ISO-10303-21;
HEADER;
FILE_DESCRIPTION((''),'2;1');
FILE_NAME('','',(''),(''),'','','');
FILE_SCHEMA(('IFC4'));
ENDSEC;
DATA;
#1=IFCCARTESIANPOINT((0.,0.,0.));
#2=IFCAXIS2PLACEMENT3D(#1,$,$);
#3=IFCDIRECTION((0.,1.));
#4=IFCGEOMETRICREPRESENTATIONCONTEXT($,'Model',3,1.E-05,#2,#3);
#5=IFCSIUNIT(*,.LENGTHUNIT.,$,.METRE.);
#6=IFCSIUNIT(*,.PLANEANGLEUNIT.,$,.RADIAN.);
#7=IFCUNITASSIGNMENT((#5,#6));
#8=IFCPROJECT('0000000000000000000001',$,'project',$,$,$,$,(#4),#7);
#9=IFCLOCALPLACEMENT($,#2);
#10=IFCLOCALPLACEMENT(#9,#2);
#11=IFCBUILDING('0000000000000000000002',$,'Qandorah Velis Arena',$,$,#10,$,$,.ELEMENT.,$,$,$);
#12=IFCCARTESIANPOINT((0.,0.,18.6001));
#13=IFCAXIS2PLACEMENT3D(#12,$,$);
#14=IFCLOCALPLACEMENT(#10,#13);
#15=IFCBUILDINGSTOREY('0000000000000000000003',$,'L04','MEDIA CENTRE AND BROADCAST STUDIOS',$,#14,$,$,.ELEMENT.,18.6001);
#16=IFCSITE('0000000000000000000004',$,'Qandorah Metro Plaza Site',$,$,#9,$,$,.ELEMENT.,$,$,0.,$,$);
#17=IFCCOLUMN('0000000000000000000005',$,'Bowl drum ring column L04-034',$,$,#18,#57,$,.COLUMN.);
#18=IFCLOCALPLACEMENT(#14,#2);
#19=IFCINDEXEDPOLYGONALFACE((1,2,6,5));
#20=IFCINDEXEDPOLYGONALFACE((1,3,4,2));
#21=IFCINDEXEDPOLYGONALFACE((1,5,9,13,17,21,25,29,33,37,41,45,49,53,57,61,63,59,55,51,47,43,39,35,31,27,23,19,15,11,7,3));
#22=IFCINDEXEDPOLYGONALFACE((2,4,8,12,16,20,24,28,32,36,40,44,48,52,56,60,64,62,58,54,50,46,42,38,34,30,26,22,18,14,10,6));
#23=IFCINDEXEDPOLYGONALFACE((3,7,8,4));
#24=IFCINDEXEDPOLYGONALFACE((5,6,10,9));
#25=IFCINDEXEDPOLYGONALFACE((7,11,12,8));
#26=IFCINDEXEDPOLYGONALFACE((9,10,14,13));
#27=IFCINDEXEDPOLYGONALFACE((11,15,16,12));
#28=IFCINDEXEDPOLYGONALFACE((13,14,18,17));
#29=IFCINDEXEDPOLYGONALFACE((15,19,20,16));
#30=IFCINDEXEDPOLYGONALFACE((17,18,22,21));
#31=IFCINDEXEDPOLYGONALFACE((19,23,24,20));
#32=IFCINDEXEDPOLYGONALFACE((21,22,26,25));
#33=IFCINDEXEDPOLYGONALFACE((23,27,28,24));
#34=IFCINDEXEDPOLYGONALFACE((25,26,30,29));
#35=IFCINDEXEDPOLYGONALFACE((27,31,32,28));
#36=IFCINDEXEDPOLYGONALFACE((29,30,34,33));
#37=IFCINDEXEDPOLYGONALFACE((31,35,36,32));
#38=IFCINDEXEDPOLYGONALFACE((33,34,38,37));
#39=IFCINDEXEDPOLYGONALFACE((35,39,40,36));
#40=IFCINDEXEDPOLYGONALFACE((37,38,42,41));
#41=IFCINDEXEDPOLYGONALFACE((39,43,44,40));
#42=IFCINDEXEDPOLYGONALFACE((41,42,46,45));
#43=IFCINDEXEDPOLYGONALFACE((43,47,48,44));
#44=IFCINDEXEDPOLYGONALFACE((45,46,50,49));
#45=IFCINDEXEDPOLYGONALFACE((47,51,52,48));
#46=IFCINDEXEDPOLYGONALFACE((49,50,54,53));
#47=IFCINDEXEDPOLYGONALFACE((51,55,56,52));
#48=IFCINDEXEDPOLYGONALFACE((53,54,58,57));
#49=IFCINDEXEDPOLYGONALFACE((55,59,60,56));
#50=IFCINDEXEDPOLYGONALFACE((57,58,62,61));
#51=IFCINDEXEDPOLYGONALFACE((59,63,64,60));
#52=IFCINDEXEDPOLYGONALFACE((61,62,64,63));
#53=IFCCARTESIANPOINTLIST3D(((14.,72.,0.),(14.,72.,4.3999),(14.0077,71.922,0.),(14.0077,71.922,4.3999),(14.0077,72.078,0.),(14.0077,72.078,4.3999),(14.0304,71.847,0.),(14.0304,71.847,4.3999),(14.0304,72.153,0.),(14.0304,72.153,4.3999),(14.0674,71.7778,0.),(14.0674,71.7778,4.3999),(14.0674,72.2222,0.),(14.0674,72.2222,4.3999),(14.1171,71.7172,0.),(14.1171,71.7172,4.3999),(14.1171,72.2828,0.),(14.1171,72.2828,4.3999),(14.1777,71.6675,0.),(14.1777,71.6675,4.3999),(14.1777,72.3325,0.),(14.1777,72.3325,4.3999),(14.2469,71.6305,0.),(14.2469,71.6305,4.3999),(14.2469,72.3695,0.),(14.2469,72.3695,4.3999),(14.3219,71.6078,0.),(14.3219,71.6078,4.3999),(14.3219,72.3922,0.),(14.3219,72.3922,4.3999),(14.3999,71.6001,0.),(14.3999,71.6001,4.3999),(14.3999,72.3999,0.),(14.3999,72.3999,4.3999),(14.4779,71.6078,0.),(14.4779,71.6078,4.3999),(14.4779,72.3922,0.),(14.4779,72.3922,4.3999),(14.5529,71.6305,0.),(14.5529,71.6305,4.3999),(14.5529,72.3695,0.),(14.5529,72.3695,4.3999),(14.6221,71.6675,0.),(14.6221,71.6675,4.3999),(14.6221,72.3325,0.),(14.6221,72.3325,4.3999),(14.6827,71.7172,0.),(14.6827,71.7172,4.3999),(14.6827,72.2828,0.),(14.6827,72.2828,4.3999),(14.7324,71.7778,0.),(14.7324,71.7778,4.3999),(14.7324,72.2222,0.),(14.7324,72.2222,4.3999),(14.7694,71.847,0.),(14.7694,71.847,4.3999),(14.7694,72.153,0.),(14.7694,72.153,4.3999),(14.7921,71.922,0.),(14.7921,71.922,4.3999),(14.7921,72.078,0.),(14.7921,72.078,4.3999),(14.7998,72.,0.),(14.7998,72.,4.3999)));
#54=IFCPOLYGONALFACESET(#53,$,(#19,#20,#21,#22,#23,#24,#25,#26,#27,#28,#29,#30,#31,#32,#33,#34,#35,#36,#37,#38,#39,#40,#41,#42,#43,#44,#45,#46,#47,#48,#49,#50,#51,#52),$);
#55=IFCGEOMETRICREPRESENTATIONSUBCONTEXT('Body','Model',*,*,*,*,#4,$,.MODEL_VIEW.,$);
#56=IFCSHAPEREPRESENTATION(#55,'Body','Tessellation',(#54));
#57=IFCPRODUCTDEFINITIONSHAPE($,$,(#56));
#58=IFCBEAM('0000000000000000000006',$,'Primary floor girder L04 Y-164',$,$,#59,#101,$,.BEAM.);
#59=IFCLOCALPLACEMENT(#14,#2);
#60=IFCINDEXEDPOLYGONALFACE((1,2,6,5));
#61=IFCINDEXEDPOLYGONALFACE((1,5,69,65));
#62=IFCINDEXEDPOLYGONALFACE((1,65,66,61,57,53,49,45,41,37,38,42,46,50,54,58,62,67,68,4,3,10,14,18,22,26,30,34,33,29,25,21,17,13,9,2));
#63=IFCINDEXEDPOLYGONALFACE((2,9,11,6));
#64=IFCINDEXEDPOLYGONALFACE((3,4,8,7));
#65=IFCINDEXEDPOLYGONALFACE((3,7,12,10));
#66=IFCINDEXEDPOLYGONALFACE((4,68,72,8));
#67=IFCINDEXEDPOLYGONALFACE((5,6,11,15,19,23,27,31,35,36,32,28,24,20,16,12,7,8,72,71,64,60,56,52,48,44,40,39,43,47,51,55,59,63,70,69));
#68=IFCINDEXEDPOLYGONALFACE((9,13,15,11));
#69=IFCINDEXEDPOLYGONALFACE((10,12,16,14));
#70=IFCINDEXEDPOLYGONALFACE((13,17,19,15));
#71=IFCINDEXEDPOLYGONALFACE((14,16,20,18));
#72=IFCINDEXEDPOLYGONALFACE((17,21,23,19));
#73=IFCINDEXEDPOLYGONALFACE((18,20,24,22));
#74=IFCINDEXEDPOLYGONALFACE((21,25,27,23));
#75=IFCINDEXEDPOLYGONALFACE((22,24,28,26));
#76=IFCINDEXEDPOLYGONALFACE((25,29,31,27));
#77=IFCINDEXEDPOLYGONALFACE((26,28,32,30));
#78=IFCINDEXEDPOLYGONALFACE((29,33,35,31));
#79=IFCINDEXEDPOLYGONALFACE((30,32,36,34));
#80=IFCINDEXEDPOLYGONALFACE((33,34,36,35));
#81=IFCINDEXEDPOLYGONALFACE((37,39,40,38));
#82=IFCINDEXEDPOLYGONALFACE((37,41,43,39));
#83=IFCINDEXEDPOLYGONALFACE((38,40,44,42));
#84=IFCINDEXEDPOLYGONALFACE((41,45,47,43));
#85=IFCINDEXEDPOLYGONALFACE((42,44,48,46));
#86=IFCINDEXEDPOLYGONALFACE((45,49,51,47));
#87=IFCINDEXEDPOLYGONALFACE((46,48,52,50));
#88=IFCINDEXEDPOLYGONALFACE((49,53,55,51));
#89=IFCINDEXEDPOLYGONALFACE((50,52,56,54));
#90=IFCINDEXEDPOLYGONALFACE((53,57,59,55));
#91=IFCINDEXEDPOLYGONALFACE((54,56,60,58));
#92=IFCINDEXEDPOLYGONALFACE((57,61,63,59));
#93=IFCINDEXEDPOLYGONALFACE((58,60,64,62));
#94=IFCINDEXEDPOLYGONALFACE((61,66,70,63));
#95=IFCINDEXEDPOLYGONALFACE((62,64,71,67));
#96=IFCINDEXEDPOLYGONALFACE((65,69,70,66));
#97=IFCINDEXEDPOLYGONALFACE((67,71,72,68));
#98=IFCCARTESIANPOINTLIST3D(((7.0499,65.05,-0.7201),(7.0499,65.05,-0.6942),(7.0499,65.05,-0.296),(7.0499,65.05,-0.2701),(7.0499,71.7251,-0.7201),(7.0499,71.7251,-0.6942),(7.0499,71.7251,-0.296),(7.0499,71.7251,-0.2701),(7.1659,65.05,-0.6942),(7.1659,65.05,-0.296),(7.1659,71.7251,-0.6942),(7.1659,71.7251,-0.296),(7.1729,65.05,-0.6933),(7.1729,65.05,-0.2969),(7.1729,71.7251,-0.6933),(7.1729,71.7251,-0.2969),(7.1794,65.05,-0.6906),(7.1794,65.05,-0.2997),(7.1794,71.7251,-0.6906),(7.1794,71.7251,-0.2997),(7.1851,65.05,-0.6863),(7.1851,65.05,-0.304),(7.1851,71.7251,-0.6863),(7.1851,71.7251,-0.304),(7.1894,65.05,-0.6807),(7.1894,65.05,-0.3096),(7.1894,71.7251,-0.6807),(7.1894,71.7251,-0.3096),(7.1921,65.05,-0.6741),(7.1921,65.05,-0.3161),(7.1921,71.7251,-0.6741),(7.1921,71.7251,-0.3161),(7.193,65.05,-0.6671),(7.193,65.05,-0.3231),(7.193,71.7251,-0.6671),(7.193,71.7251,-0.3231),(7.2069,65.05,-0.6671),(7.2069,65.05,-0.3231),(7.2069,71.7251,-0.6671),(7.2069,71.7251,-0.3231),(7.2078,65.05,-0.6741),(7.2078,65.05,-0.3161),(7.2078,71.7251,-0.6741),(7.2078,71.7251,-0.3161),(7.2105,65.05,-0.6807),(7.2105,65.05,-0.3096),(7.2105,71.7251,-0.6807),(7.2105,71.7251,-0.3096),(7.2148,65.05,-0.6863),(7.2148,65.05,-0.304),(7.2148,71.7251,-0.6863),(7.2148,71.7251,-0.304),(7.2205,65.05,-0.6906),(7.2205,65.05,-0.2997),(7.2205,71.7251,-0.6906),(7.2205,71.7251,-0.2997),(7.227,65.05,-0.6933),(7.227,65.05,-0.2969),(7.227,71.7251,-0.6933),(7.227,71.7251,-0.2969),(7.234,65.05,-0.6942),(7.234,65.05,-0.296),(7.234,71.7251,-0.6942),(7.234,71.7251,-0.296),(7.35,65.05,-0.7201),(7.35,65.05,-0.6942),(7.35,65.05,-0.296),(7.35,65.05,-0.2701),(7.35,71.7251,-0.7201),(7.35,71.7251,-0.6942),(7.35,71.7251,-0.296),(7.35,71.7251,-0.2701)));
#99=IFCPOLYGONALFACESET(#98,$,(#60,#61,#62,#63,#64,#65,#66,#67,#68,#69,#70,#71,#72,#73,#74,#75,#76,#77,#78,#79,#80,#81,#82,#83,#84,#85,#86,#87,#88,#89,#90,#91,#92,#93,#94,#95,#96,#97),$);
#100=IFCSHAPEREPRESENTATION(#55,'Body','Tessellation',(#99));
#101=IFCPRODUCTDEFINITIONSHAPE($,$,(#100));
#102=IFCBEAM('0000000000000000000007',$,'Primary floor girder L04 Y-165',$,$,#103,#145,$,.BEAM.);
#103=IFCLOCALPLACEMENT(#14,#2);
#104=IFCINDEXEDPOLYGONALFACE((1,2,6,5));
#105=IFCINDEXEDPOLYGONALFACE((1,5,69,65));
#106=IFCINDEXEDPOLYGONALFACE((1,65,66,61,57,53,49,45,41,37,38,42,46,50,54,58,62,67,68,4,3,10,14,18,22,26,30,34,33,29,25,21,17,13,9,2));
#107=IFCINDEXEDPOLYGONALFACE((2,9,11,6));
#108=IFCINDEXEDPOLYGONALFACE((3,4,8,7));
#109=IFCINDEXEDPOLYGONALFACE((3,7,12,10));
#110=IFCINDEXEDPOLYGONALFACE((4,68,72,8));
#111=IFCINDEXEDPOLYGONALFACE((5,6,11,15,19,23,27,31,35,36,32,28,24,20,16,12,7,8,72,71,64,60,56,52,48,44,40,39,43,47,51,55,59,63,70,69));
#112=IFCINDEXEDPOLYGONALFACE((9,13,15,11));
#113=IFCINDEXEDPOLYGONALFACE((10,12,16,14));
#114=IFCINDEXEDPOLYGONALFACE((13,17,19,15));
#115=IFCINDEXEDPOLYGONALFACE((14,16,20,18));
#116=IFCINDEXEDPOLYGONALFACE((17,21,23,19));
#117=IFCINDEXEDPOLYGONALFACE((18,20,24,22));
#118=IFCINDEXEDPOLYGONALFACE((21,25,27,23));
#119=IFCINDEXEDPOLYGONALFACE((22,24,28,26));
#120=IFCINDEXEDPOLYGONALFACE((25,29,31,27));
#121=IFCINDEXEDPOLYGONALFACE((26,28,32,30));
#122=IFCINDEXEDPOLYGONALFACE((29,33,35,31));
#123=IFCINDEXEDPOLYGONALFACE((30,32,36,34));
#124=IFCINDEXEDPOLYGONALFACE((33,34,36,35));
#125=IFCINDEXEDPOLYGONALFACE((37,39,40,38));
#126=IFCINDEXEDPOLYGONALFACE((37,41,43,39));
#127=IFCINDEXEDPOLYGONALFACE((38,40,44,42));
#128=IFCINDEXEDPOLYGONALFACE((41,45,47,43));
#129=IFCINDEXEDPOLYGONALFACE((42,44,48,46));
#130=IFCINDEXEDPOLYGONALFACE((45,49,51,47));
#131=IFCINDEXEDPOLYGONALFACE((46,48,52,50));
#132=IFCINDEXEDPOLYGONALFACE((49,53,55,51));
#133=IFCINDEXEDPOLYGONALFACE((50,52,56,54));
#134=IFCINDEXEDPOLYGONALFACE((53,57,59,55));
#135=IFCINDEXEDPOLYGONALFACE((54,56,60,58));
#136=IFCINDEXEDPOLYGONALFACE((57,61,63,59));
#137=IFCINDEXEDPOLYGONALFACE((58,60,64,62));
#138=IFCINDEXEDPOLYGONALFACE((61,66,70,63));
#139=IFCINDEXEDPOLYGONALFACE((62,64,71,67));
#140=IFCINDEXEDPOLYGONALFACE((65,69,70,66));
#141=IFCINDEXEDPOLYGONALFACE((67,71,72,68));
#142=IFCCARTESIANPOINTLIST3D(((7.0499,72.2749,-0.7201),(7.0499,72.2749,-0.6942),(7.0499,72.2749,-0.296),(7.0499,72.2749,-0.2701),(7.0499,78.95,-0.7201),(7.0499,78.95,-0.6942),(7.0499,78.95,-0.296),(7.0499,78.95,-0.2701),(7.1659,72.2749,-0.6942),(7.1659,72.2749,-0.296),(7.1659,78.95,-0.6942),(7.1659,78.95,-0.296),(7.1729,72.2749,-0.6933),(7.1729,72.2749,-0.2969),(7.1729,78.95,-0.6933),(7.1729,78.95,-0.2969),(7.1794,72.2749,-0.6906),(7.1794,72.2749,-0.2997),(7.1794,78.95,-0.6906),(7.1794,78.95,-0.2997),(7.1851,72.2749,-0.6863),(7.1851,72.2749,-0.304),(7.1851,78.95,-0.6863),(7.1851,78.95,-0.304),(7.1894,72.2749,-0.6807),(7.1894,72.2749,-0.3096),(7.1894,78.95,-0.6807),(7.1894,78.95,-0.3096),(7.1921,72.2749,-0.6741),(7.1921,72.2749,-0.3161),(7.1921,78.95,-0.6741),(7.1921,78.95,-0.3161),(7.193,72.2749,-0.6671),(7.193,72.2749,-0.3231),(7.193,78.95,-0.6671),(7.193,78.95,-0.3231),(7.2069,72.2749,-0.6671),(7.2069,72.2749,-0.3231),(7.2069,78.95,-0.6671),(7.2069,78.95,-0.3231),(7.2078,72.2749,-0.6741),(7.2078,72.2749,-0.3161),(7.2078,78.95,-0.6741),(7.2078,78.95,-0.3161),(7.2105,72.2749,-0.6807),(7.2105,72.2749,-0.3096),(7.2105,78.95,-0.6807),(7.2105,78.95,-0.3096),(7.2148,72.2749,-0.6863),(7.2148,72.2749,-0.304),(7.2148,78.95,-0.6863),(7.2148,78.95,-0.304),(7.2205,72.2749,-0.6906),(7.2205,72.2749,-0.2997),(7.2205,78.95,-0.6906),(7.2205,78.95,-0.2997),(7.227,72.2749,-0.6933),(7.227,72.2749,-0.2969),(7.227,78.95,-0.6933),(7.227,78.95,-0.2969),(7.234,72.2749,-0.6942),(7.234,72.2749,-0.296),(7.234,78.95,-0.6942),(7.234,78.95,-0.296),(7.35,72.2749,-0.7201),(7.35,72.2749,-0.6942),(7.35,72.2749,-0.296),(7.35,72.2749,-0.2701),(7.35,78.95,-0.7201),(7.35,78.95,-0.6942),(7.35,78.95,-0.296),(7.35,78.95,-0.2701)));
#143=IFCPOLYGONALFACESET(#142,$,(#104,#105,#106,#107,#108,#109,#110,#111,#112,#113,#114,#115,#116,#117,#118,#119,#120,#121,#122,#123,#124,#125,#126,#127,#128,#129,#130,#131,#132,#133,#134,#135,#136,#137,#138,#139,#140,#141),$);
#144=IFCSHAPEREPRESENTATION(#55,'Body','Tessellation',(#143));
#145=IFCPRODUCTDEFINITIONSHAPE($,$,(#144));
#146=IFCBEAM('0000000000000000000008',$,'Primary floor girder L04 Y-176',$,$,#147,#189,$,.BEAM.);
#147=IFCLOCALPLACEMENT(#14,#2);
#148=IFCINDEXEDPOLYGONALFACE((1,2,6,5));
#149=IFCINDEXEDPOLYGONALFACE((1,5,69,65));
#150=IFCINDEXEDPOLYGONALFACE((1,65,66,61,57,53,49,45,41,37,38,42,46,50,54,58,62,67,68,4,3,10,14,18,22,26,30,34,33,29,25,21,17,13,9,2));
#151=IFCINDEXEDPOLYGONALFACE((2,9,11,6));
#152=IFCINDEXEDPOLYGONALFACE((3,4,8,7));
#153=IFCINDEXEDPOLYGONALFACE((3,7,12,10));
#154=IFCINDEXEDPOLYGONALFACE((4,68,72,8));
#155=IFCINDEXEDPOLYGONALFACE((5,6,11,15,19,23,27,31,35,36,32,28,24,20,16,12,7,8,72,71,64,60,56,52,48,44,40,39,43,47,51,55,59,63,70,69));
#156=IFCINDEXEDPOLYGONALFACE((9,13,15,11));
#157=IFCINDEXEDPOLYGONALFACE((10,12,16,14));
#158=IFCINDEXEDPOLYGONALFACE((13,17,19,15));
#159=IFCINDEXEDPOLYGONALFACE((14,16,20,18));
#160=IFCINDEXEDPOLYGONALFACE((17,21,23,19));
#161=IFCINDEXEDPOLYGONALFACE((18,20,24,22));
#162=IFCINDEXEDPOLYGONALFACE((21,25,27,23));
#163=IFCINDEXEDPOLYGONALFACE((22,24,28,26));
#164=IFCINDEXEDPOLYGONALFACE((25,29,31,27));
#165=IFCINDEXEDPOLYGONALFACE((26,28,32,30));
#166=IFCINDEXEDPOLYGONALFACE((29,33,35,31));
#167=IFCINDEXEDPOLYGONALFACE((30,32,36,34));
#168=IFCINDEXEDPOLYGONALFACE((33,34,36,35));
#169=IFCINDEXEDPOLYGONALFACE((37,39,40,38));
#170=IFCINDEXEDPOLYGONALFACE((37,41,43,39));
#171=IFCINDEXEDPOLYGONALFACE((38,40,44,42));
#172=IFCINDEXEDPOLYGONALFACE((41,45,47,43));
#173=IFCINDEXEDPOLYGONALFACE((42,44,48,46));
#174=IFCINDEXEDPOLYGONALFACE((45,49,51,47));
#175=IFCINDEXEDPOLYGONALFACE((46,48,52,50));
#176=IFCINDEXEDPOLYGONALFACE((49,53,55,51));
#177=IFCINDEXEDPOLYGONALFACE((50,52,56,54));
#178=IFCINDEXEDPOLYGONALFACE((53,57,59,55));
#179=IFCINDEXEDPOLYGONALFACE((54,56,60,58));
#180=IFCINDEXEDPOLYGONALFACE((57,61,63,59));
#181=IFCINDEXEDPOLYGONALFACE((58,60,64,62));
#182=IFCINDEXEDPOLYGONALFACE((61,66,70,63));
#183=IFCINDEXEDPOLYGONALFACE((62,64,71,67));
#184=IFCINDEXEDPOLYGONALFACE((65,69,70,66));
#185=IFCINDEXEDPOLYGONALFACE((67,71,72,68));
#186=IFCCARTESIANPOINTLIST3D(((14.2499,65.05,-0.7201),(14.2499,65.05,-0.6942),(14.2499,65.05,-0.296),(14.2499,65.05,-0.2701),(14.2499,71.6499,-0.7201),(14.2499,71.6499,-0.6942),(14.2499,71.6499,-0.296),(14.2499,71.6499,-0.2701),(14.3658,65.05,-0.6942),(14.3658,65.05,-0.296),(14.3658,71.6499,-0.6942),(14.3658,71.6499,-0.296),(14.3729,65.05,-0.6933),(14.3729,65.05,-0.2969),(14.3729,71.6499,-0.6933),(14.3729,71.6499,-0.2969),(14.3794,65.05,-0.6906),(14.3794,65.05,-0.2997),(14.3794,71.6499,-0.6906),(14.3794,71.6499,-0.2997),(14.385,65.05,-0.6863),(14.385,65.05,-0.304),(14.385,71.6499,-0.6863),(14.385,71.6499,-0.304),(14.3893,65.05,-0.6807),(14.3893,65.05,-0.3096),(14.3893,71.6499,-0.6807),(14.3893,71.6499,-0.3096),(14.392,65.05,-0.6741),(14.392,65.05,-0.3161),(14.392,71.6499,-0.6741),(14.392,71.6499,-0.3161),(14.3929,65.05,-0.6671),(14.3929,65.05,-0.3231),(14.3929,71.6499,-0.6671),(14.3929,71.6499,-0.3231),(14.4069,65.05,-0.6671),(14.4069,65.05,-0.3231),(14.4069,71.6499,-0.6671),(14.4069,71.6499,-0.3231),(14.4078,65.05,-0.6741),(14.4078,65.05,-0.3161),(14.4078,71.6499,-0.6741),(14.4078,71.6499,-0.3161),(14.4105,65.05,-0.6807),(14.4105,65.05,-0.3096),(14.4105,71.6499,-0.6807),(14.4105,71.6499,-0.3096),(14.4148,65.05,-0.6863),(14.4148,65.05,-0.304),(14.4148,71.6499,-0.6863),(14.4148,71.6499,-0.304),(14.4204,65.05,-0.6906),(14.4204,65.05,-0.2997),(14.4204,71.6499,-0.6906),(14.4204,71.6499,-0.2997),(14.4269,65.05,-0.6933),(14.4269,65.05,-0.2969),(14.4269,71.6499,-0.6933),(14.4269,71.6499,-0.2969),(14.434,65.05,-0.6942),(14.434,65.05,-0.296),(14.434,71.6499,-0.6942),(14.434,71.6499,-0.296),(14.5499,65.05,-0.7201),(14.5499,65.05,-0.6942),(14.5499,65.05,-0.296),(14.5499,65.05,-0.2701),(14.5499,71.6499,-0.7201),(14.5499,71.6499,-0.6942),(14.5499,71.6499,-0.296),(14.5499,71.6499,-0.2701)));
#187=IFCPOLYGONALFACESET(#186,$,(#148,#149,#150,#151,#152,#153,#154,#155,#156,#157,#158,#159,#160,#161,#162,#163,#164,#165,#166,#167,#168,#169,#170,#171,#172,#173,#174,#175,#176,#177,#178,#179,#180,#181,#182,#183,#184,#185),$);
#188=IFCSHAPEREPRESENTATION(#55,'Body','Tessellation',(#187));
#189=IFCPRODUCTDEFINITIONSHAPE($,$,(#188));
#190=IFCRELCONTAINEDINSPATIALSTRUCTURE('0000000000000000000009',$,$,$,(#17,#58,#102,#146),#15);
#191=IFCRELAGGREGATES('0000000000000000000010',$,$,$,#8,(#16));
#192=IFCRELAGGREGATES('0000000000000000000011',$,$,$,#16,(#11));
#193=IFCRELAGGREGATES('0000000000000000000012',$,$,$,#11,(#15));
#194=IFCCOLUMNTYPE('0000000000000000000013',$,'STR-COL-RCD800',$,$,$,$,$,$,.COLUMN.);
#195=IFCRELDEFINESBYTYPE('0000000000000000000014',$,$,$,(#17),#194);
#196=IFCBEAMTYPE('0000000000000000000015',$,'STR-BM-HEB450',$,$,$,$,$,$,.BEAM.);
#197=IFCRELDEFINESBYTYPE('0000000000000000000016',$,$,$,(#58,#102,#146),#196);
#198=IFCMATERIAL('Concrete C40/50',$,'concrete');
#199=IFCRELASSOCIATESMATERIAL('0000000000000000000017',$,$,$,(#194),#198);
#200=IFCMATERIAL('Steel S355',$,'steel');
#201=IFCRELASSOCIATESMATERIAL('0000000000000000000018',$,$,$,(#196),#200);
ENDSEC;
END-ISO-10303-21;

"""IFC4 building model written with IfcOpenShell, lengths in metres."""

from ifc_helpers import new_model, si_unit, direction, frame, origin, origin_2d, place, context, subcontext, project, spatial, circle, i_section, extrude, material, material_profile, profile_set, type_object, element, save


model = new_model("IFC4")

# Units and contexts
model_context = context("Model", 3, precision=1e-05, world=origin(), true_north=direction((0.0, 1.0)))
body_context = subcontext(model_context, "Body", "Model", "MODEL_VIEW")
ifc_project = project(units=[si_unit("LENGTHUNIT", "METRE"), si_unit("PLANEANGLEUNIT", "RADIAN")], contexts=[model_context])

# Site, building, storey
site_placement = place(None, origin())
site = spatial("IfcSite", under=ifc_project, at=site_placement, Name="Qandorah Metro Plaza Site", CompositionType="ELEMENT", RefElevation=0.0)
building_placement = place(site_placement, origin())
building = spatial("IfcBuilding", under=site, at=building_placement, Name="Qandorah Velis Arena", CompositionType="ELEMENT")
storey_placement = place(building_placement, frame((0.0, 0.0, 18.6001)))
storey = spatial("IfcBuildingStorey", under=building, at=storey_placement, Name="L04", Description="MEDIA CENTRE AND BROADCAST STUDIOS", CompositionType="ELEMENT", Elevation=18.6001)

# Column
ifc_material_1 = material(Name="Steel S355", Category="steel")
ifc_material_2 = material(Name="Concrete C40/50", Category="concrete")
ifc_material_profile_1 = material_profile(ifc_material_2, circle(Radius=0.3999, at=origin_2d()), Name="RC D800")
ifc_profile_set_1 = profile_set([ifc_material_profile_1], Name="Concrete C40/50")
column_type_1 = type_object("IfcColumnType", Name="STR-COL-RCD800", PredefinedType="COLUMN", material=ifc_profile_set_1)
column_placement = place(storey_placement, frame((14.3999, 72.0, 0.0), z_axis=(0.0, 0.0, 1.0), x_axis=(1.0, 0.0, 0.0)))
element("IfcColumn", 1, at=column_placement, inside=storey, type_object=column_type_1, Name="Bowl drum ring column L04-034", PredefinedType="COLUMN", context=body_context, shape_type="SweptSolid", body=[
    extrude(circle(Radius=0.3999, at=origin_2d()), origin(), (0.0, 0.0, 1.0), 4.3999),
])

# Beams
ifc_material_profile_2 = material_profile(ifc_material_1, i_section(OverallWidth=0.3, OverallDepth=0.45, WebThickness=0.0139, FlangeThickness=0.0259, FilletRadius=0.0271, at=origin_2d()), Name="HEB 450")
ifc_profile_set_2 = profile_set([ifc_material_profile_2], Name="Steel S355")
beam_type_1 = type_object("IfcBeamType", Name="STR-BM-HEB450", PredefinedType="BEAM", material=ifc_profile_set_2)
for number, where, z_axis, x_axis, name in (
    (2, (7.2, 65.05, -0.4951), (0.0, 1.0, 0.0), (-1.0, 0.0, 0.0), "Primary floor girder L04 Y-164"),
    (3, (7.2, 72.2749, -0.4951), (0.0, 1.0, 0.0), (-1.0, 0.0, 0.0), "Primary floor girder L04 Y-165"),
):
    element("IfcBeam", number, at=place(storey_placement, frame(where, z_axis=z_axis, x_axis=x_axis)), inside=storey, type_object=beam_type_1, Name=name, PredefinedType="BEAM", context=body_context, shape_type="SweptSolid", body=[
        extrude(i_section(OverallWidth=0.3, OverallDepth=0.45, WebThickness=0.0139, FlangeThickness=0.0259, FilletRadius=0.0271, at=origin_2d()), origin(), (0.0, 0.0, 1.0), 6.675),
    ])
for number, where, z_axis, x_axis, name in (
    (4, (14.3999, 65.05, -0.4951), (0.0, 1.0, 0.0), (-1.0, 0.0, 0.0), "Primary floor girder L04 Y-176"),
):
    element("IfcBeam", number, at=place(storey_placement, frame(where, z_axis=z_axis, x_axis=x_axis)), inside=storey, type_object=beam_type_1, Name=name, PredefinedType="BEAM", context=body_context, shape_type="SweptSolid", body=[
        extrude(i_section(OverallWidth=0.3, OverallDepth=0.45, WebThickness=0.0139, FlangeThickness=0.0259, FilletRadius=0.0271, at=origin_2d()), origin(), (0.0, 0.0, 1.0), 6.5999),
    ])

save(model, "model.ifc")
